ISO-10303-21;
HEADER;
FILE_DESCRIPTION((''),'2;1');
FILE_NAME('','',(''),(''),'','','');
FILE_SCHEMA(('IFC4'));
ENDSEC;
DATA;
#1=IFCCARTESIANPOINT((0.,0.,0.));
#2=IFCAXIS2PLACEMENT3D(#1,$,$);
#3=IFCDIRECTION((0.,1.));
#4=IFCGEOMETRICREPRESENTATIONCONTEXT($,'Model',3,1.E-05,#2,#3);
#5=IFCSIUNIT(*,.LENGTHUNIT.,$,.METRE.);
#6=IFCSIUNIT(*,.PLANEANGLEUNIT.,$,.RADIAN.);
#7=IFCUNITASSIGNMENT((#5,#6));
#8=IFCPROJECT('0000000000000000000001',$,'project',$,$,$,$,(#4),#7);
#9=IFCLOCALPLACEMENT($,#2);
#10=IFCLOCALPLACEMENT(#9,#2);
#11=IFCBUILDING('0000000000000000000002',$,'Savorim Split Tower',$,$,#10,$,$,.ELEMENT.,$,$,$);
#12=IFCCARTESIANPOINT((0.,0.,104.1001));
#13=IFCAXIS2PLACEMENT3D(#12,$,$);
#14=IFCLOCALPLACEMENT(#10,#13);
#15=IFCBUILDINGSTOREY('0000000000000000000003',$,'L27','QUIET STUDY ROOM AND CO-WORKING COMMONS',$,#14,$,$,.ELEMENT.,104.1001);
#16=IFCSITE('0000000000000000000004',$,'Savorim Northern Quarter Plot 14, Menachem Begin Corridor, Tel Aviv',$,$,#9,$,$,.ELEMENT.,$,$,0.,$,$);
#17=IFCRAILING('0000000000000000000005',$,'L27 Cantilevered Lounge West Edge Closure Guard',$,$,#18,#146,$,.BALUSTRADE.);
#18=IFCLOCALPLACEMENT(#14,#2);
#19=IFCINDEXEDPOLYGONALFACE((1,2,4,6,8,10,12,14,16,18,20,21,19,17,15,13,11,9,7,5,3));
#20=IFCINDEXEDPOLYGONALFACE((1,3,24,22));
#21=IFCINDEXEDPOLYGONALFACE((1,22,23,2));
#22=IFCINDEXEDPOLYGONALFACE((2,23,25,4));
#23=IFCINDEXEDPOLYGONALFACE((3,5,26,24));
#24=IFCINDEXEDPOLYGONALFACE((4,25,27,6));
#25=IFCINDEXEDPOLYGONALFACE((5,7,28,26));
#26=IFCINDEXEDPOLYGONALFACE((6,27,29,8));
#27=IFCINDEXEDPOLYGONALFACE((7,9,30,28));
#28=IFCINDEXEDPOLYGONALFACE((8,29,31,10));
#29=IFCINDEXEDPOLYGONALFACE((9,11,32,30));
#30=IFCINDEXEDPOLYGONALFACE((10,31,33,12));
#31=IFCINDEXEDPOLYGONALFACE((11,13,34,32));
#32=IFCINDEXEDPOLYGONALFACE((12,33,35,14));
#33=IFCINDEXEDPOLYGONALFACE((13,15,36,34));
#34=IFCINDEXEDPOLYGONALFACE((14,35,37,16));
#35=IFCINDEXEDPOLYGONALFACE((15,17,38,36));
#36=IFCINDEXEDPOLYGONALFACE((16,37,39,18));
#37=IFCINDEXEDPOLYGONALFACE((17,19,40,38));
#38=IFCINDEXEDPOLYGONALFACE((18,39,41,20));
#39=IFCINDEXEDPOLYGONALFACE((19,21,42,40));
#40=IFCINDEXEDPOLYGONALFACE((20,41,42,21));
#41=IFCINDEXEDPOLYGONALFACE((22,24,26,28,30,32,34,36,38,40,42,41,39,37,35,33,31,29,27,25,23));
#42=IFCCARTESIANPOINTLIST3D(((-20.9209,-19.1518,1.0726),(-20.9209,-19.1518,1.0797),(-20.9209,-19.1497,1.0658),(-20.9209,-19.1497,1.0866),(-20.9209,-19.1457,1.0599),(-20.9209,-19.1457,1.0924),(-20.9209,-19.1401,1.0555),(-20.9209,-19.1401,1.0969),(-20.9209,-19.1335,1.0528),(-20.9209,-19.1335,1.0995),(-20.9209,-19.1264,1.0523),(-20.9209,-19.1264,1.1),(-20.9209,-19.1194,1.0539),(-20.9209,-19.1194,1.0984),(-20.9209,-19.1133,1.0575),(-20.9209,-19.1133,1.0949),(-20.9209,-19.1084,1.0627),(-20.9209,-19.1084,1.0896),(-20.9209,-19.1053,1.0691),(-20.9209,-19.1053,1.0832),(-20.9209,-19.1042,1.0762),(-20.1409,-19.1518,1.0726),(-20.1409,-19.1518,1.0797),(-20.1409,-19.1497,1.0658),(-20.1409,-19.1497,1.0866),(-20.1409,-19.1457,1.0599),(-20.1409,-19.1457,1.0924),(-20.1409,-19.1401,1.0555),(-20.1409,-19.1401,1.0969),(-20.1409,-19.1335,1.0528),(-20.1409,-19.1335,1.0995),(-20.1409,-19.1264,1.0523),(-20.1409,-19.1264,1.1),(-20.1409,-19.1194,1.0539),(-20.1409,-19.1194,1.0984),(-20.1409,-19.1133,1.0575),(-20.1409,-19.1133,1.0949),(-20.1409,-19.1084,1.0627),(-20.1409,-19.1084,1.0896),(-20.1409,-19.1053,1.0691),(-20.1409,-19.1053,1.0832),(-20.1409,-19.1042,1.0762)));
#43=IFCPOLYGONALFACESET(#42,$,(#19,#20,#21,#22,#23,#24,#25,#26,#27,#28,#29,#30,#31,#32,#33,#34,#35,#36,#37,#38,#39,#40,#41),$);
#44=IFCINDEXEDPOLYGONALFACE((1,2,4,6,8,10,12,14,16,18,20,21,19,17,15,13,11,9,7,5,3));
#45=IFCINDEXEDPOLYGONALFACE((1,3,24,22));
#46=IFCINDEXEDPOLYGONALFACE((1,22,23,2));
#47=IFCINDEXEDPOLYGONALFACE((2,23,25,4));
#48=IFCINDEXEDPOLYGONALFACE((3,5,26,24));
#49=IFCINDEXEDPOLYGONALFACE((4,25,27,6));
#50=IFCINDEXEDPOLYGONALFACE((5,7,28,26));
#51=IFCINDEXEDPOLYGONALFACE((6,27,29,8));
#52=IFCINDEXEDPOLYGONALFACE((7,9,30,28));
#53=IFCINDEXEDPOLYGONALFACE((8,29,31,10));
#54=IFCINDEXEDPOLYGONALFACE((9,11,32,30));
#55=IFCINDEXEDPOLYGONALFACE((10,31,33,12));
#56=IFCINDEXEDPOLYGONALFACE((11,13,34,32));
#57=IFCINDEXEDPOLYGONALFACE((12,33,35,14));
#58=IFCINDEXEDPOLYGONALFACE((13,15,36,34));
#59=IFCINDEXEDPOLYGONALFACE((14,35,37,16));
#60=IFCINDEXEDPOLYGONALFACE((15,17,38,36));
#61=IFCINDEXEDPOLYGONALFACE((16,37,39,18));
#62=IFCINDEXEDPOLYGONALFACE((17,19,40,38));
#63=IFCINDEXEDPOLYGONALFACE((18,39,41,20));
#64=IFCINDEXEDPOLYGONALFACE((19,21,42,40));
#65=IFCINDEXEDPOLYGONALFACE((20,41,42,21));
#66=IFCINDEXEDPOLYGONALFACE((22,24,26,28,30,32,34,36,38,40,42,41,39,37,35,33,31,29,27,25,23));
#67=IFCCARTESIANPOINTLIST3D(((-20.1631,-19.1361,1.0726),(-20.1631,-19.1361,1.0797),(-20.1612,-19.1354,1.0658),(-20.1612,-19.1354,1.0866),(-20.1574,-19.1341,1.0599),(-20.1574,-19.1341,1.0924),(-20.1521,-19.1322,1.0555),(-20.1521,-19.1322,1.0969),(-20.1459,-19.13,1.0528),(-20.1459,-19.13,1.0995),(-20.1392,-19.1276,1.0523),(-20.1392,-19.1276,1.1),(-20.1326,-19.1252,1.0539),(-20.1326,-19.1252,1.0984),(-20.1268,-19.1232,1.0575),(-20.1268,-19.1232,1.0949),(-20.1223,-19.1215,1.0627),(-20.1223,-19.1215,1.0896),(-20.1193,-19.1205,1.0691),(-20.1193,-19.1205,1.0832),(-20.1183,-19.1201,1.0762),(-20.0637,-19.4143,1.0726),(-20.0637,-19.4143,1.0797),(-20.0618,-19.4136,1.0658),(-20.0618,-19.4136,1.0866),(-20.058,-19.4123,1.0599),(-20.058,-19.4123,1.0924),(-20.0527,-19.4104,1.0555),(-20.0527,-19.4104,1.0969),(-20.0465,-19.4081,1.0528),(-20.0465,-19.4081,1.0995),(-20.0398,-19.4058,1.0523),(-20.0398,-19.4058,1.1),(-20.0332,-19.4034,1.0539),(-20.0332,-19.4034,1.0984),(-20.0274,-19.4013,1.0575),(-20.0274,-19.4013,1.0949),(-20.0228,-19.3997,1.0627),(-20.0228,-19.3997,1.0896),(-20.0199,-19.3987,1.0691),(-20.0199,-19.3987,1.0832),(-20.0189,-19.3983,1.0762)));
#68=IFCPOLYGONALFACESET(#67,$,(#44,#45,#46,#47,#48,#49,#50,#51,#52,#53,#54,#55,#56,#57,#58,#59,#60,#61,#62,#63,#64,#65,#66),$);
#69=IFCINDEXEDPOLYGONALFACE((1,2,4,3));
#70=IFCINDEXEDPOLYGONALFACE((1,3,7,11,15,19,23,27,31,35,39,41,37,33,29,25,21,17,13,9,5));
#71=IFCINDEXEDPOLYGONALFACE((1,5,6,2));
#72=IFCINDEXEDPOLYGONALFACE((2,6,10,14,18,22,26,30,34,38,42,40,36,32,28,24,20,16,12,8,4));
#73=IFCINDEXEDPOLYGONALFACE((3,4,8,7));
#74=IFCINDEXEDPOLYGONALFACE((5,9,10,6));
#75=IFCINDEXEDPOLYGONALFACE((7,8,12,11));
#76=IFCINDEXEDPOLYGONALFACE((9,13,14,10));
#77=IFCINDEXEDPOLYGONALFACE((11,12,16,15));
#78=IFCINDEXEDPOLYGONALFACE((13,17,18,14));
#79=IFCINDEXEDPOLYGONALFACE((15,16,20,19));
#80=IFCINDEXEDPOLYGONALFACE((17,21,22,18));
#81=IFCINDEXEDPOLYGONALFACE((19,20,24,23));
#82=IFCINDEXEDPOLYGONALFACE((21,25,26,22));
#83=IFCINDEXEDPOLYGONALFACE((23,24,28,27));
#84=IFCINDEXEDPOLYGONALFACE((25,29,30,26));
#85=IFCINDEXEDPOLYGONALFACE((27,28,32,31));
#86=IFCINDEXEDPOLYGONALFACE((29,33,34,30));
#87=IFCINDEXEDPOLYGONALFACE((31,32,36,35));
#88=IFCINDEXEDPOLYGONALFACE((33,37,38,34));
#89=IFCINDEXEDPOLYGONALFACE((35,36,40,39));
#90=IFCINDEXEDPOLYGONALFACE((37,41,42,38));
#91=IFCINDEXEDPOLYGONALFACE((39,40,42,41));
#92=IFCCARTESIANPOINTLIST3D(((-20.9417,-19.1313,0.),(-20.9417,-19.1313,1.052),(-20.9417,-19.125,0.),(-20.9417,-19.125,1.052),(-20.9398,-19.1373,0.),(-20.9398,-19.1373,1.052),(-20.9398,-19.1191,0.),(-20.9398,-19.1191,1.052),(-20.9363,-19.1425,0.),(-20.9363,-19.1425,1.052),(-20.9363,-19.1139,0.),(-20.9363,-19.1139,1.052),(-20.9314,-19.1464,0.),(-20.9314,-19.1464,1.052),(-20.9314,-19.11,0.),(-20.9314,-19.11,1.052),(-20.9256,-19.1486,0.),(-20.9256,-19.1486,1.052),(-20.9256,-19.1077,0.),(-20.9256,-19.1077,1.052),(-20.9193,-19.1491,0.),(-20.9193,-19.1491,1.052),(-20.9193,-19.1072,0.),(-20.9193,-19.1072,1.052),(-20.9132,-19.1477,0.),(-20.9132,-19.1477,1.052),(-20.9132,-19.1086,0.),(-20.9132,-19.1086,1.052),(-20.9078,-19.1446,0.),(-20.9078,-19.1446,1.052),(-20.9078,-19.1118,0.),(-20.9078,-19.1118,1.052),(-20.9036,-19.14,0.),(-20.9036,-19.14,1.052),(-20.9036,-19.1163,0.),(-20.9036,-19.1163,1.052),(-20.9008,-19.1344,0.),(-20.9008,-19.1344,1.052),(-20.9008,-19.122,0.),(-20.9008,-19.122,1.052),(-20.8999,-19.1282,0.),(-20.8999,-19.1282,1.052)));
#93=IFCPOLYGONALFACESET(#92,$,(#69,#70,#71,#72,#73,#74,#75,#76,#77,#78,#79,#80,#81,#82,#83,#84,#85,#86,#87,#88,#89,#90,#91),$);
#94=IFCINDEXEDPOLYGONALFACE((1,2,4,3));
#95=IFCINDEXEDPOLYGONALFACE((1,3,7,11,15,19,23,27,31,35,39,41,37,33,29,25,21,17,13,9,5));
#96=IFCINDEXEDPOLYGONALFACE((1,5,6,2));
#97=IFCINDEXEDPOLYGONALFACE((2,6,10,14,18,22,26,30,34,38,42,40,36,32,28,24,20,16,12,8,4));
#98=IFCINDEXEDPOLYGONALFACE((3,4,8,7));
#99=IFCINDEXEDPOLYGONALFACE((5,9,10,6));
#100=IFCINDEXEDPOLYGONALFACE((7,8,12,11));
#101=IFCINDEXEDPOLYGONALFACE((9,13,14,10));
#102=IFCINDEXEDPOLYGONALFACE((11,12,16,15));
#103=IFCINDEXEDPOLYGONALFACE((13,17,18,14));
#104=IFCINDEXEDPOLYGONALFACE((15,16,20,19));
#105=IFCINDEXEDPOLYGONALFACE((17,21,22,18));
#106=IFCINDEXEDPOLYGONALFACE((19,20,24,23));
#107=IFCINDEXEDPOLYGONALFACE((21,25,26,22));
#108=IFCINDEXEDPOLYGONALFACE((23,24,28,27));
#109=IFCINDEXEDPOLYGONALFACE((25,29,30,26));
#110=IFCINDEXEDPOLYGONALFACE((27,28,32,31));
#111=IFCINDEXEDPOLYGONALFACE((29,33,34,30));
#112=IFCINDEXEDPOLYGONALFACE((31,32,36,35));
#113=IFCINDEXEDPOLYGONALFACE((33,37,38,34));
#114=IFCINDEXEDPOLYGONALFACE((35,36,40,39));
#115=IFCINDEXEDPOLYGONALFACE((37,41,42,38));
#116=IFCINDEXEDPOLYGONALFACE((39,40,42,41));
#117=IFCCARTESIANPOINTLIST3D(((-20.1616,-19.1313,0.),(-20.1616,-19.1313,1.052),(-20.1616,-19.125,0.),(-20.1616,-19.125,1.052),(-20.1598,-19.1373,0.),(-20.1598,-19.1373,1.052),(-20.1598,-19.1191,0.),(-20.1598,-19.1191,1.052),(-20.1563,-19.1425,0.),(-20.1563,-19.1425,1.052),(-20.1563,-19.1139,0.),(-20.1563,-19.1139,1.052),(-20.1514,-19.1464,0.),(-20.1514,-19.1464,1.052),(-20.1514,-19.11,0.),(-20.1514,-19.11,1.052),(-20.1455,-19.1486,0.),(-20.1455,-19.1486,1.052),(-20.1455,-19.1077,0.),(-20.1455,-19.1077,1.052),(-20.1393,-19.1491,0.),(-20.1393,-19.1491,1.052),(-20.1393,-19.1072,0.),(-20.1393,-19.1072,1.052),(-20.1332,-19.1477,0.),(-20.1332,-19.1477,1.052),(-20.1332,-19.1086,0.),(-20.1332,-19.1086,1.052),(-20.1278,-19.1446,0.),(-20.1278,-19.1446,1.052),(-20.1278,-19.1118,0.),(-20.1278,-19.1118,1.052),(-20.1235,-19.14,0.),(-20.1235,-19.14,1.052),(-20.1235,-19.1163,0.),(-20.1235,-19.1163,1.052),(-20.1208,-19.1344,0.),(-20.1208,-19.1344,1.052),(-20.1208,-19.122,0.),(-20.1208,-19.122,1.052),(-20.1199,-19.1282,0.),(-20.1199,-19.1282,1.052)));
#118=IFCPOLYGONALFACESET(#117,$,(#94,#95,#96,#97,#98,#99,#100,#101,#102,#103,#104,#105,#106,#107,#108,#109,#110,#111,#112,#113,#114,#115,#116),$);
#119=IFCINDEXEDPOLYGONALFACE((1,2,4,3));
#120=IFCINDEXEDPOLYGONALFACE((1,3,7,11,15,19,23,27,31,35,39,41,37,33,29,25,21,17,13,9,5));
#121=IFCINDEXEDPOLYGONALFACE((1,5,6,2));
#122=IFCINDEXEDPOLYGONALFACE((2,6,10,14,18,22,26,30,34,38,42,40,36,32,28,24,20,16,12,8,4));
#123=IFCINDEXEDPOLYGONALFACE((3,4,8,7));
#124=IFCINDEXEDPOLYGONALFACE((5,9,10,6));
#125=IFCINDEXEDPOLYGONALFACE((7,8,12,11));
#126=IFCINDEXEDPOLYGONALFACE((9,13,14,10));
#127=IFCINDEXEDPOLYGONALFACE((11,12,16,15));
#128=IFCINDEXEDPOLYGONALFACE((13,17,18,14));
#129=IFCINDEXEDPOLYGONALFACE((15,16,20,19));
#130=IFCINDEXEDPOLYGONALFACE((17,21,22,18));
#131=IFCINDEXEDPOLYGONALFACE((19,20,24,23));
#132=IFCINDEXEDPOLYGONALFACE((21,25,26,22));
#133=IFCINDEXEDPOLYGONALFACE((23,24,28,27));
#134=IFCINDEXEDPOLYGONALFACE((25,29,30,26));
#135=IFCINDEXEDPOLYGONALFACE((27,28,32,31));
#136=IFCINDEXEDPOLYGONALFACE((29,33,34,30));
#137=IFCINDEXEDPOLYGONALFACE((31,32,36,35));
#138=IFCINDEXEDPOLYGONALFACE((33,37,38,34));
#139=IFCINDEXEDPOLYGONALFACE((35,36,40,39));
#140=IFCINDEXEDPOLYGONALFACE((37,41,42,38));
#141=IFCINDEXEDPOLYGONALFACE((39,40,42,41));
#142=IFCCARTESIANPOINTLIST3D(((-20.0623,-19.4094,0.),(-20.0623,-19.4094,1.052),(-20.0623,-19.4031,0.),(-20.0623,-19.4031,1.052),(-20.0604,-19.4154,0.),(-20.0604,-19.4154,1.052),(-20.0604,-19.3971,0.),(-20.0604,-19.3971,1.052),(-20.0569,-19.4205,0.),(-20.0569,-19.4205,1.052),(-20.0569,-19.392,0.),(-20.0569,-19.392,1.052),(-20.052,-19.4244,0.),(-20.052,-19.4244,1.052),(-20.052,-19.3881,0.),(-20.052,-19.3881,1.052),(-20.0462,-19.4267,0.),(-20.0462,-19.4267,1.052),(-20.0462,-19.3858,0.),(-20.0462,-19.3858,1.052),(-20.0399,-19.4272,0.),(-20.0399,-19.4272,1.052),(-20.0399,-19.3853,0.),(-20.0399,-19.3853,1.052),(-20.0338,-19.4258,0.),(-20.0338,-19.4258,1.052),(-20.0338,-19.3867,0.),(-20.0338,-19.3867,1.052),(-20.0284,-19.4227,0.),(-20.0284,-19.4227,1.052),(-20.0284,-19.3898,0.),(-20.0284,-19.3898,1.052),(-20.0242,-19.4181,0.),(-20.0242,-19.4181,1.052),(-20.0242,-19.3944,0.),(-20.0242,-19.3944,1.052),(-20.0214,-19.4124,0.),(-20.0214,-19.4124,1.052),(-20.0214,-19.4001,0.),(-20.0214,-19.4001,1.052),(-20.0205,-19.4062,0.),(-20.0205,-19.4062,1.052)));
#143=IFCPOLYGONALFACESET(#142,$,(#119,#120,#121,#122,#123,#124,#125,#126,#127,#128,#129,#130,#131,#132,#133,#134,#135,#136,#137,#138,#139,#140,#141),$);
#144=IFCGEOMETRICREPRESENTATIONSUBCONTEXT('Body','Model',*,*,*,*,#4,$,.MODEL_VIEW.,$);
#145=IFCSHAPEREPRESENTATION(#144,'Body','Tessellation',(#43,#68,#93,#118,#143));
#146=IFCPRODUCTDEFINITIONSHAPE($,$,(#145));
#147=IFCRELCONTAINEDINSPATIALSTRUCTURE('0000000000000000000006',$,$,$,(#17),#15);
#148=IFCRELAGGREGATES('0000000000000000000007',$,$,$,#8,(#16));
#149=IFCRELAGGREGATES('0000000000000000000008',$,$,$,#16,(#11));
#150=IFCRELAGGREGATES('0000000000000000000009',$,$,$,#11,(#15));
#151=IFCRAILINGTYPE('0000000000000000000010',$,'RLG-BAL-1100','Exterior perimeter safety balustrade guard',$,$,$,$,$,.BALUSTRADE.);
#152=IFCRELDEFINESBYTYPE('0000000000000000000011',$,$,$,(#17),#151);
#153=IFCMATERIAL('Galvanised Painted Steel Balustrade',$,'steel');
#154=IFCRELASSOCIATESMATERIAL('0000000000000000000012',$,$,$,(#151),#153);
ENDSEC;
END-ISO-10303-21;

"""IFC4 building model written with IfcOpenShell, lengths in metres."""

from ifc_helpers import new_model, si_unit, direction, frame, origin, origin_2d, place, context, subcontext, project, spatial, circle, extrude, material, type_object, element, save


model = new_model("IFC4")

# Units and contexts
model_context = context("Model", 3, precision=1e-05, world=origin(), true_north=direction((0.0, 1.0)))
body_context = subcontext(model_context, "Body", "Model", "MODEL_VIEW")
ifc_project = project(units=[si_unit("LENGTHUNIT", "METRE"), si_unit("PLANEANGLEUNIT", "RADIAN")], contexts=[model_context])

# Site, building, storey
site_placement = place(None, origin())
site = spatial("IfcSite", under=ifc_project, at=site_placement, Name="Savorim Northern Quarter Plot 14, Menachem Begin Corridor, Tel Aviv", CompositionType="ELEMENT", RefElevation=0.0)
building_placement = place(site_placement, origin())
building = spatial("IfcBuilding", under=site, at=building_placement, Name="Savorim Split Tower", CompositionType="ELEMENT")
storey_placement = place(building_placement, frame((0.0, 0.0, 104.1001)))
storey = spatial("IfcBuildingStorey", under=building, at=storey_placement, Name="L27", Description="QUIET STUDY ROOM AND CO-WORKING COMMONS", CompositionType="ELEMENT", Elevation=104.1001)

# Railing
ifc_material_1 = material(Name="Galvanised Painted Steel Balustrade", Category="steel")
railing_type = type_object("IfcRailingType", Name="RLG-BAL-1100", Description="Exterior perimeter safety balustrade guard", PredefinedType="BALUSTRADE", material=ifc_material_1)
railing_placement = place(storey_placement, frame((-20.9209, -19.1282, 0.0)))
element("IfcRailing", 1, at=railing_placement, inside=storey, type_object=railing_type, Name="L27 Cantilevered Lounge West Edge Closure Guard", PredefinedType="BALUSTRADE", context=body_context, shape_type="SweptSolid", body=[
    extrude(circle(Radius=0.0239, at=origin_2d()), frame((0.0, 0.0, 1.0762), z_axis=(1.0, 0.0, 0.0), x_axis=(0.0, 1.0, 0.0)), (0.0, 0.0, 1.0), 0.78),
    extrude(circle(Radius=0.0239, at=origin_2d()), frame((0.78, 0.0, 1.0762), z_axis=(0.336494, -0.941686, 0.0), x_axis=(0.941686, 0.336494, 0.0)), (0.0, 0.0, 1.0), 0.2954),
    extrude(circle(Radius=0.021, at=origin_2d()), origin(), (0.0, 0.0, 1.0), 1.052),
    extrude(circle(Radius=0.021, at=origin_2d()), frame((0.78, 0.0, 0.0)), (0.0, 0.0, 1.0), 1.052),
    extrude(circle(Radius=0.021, at=origin_2d()), frame((0.8794, -0.2781, 0.0)), (0.0, 0.0, 1.0), 1.052),
])

save(model, "model.ifc")
